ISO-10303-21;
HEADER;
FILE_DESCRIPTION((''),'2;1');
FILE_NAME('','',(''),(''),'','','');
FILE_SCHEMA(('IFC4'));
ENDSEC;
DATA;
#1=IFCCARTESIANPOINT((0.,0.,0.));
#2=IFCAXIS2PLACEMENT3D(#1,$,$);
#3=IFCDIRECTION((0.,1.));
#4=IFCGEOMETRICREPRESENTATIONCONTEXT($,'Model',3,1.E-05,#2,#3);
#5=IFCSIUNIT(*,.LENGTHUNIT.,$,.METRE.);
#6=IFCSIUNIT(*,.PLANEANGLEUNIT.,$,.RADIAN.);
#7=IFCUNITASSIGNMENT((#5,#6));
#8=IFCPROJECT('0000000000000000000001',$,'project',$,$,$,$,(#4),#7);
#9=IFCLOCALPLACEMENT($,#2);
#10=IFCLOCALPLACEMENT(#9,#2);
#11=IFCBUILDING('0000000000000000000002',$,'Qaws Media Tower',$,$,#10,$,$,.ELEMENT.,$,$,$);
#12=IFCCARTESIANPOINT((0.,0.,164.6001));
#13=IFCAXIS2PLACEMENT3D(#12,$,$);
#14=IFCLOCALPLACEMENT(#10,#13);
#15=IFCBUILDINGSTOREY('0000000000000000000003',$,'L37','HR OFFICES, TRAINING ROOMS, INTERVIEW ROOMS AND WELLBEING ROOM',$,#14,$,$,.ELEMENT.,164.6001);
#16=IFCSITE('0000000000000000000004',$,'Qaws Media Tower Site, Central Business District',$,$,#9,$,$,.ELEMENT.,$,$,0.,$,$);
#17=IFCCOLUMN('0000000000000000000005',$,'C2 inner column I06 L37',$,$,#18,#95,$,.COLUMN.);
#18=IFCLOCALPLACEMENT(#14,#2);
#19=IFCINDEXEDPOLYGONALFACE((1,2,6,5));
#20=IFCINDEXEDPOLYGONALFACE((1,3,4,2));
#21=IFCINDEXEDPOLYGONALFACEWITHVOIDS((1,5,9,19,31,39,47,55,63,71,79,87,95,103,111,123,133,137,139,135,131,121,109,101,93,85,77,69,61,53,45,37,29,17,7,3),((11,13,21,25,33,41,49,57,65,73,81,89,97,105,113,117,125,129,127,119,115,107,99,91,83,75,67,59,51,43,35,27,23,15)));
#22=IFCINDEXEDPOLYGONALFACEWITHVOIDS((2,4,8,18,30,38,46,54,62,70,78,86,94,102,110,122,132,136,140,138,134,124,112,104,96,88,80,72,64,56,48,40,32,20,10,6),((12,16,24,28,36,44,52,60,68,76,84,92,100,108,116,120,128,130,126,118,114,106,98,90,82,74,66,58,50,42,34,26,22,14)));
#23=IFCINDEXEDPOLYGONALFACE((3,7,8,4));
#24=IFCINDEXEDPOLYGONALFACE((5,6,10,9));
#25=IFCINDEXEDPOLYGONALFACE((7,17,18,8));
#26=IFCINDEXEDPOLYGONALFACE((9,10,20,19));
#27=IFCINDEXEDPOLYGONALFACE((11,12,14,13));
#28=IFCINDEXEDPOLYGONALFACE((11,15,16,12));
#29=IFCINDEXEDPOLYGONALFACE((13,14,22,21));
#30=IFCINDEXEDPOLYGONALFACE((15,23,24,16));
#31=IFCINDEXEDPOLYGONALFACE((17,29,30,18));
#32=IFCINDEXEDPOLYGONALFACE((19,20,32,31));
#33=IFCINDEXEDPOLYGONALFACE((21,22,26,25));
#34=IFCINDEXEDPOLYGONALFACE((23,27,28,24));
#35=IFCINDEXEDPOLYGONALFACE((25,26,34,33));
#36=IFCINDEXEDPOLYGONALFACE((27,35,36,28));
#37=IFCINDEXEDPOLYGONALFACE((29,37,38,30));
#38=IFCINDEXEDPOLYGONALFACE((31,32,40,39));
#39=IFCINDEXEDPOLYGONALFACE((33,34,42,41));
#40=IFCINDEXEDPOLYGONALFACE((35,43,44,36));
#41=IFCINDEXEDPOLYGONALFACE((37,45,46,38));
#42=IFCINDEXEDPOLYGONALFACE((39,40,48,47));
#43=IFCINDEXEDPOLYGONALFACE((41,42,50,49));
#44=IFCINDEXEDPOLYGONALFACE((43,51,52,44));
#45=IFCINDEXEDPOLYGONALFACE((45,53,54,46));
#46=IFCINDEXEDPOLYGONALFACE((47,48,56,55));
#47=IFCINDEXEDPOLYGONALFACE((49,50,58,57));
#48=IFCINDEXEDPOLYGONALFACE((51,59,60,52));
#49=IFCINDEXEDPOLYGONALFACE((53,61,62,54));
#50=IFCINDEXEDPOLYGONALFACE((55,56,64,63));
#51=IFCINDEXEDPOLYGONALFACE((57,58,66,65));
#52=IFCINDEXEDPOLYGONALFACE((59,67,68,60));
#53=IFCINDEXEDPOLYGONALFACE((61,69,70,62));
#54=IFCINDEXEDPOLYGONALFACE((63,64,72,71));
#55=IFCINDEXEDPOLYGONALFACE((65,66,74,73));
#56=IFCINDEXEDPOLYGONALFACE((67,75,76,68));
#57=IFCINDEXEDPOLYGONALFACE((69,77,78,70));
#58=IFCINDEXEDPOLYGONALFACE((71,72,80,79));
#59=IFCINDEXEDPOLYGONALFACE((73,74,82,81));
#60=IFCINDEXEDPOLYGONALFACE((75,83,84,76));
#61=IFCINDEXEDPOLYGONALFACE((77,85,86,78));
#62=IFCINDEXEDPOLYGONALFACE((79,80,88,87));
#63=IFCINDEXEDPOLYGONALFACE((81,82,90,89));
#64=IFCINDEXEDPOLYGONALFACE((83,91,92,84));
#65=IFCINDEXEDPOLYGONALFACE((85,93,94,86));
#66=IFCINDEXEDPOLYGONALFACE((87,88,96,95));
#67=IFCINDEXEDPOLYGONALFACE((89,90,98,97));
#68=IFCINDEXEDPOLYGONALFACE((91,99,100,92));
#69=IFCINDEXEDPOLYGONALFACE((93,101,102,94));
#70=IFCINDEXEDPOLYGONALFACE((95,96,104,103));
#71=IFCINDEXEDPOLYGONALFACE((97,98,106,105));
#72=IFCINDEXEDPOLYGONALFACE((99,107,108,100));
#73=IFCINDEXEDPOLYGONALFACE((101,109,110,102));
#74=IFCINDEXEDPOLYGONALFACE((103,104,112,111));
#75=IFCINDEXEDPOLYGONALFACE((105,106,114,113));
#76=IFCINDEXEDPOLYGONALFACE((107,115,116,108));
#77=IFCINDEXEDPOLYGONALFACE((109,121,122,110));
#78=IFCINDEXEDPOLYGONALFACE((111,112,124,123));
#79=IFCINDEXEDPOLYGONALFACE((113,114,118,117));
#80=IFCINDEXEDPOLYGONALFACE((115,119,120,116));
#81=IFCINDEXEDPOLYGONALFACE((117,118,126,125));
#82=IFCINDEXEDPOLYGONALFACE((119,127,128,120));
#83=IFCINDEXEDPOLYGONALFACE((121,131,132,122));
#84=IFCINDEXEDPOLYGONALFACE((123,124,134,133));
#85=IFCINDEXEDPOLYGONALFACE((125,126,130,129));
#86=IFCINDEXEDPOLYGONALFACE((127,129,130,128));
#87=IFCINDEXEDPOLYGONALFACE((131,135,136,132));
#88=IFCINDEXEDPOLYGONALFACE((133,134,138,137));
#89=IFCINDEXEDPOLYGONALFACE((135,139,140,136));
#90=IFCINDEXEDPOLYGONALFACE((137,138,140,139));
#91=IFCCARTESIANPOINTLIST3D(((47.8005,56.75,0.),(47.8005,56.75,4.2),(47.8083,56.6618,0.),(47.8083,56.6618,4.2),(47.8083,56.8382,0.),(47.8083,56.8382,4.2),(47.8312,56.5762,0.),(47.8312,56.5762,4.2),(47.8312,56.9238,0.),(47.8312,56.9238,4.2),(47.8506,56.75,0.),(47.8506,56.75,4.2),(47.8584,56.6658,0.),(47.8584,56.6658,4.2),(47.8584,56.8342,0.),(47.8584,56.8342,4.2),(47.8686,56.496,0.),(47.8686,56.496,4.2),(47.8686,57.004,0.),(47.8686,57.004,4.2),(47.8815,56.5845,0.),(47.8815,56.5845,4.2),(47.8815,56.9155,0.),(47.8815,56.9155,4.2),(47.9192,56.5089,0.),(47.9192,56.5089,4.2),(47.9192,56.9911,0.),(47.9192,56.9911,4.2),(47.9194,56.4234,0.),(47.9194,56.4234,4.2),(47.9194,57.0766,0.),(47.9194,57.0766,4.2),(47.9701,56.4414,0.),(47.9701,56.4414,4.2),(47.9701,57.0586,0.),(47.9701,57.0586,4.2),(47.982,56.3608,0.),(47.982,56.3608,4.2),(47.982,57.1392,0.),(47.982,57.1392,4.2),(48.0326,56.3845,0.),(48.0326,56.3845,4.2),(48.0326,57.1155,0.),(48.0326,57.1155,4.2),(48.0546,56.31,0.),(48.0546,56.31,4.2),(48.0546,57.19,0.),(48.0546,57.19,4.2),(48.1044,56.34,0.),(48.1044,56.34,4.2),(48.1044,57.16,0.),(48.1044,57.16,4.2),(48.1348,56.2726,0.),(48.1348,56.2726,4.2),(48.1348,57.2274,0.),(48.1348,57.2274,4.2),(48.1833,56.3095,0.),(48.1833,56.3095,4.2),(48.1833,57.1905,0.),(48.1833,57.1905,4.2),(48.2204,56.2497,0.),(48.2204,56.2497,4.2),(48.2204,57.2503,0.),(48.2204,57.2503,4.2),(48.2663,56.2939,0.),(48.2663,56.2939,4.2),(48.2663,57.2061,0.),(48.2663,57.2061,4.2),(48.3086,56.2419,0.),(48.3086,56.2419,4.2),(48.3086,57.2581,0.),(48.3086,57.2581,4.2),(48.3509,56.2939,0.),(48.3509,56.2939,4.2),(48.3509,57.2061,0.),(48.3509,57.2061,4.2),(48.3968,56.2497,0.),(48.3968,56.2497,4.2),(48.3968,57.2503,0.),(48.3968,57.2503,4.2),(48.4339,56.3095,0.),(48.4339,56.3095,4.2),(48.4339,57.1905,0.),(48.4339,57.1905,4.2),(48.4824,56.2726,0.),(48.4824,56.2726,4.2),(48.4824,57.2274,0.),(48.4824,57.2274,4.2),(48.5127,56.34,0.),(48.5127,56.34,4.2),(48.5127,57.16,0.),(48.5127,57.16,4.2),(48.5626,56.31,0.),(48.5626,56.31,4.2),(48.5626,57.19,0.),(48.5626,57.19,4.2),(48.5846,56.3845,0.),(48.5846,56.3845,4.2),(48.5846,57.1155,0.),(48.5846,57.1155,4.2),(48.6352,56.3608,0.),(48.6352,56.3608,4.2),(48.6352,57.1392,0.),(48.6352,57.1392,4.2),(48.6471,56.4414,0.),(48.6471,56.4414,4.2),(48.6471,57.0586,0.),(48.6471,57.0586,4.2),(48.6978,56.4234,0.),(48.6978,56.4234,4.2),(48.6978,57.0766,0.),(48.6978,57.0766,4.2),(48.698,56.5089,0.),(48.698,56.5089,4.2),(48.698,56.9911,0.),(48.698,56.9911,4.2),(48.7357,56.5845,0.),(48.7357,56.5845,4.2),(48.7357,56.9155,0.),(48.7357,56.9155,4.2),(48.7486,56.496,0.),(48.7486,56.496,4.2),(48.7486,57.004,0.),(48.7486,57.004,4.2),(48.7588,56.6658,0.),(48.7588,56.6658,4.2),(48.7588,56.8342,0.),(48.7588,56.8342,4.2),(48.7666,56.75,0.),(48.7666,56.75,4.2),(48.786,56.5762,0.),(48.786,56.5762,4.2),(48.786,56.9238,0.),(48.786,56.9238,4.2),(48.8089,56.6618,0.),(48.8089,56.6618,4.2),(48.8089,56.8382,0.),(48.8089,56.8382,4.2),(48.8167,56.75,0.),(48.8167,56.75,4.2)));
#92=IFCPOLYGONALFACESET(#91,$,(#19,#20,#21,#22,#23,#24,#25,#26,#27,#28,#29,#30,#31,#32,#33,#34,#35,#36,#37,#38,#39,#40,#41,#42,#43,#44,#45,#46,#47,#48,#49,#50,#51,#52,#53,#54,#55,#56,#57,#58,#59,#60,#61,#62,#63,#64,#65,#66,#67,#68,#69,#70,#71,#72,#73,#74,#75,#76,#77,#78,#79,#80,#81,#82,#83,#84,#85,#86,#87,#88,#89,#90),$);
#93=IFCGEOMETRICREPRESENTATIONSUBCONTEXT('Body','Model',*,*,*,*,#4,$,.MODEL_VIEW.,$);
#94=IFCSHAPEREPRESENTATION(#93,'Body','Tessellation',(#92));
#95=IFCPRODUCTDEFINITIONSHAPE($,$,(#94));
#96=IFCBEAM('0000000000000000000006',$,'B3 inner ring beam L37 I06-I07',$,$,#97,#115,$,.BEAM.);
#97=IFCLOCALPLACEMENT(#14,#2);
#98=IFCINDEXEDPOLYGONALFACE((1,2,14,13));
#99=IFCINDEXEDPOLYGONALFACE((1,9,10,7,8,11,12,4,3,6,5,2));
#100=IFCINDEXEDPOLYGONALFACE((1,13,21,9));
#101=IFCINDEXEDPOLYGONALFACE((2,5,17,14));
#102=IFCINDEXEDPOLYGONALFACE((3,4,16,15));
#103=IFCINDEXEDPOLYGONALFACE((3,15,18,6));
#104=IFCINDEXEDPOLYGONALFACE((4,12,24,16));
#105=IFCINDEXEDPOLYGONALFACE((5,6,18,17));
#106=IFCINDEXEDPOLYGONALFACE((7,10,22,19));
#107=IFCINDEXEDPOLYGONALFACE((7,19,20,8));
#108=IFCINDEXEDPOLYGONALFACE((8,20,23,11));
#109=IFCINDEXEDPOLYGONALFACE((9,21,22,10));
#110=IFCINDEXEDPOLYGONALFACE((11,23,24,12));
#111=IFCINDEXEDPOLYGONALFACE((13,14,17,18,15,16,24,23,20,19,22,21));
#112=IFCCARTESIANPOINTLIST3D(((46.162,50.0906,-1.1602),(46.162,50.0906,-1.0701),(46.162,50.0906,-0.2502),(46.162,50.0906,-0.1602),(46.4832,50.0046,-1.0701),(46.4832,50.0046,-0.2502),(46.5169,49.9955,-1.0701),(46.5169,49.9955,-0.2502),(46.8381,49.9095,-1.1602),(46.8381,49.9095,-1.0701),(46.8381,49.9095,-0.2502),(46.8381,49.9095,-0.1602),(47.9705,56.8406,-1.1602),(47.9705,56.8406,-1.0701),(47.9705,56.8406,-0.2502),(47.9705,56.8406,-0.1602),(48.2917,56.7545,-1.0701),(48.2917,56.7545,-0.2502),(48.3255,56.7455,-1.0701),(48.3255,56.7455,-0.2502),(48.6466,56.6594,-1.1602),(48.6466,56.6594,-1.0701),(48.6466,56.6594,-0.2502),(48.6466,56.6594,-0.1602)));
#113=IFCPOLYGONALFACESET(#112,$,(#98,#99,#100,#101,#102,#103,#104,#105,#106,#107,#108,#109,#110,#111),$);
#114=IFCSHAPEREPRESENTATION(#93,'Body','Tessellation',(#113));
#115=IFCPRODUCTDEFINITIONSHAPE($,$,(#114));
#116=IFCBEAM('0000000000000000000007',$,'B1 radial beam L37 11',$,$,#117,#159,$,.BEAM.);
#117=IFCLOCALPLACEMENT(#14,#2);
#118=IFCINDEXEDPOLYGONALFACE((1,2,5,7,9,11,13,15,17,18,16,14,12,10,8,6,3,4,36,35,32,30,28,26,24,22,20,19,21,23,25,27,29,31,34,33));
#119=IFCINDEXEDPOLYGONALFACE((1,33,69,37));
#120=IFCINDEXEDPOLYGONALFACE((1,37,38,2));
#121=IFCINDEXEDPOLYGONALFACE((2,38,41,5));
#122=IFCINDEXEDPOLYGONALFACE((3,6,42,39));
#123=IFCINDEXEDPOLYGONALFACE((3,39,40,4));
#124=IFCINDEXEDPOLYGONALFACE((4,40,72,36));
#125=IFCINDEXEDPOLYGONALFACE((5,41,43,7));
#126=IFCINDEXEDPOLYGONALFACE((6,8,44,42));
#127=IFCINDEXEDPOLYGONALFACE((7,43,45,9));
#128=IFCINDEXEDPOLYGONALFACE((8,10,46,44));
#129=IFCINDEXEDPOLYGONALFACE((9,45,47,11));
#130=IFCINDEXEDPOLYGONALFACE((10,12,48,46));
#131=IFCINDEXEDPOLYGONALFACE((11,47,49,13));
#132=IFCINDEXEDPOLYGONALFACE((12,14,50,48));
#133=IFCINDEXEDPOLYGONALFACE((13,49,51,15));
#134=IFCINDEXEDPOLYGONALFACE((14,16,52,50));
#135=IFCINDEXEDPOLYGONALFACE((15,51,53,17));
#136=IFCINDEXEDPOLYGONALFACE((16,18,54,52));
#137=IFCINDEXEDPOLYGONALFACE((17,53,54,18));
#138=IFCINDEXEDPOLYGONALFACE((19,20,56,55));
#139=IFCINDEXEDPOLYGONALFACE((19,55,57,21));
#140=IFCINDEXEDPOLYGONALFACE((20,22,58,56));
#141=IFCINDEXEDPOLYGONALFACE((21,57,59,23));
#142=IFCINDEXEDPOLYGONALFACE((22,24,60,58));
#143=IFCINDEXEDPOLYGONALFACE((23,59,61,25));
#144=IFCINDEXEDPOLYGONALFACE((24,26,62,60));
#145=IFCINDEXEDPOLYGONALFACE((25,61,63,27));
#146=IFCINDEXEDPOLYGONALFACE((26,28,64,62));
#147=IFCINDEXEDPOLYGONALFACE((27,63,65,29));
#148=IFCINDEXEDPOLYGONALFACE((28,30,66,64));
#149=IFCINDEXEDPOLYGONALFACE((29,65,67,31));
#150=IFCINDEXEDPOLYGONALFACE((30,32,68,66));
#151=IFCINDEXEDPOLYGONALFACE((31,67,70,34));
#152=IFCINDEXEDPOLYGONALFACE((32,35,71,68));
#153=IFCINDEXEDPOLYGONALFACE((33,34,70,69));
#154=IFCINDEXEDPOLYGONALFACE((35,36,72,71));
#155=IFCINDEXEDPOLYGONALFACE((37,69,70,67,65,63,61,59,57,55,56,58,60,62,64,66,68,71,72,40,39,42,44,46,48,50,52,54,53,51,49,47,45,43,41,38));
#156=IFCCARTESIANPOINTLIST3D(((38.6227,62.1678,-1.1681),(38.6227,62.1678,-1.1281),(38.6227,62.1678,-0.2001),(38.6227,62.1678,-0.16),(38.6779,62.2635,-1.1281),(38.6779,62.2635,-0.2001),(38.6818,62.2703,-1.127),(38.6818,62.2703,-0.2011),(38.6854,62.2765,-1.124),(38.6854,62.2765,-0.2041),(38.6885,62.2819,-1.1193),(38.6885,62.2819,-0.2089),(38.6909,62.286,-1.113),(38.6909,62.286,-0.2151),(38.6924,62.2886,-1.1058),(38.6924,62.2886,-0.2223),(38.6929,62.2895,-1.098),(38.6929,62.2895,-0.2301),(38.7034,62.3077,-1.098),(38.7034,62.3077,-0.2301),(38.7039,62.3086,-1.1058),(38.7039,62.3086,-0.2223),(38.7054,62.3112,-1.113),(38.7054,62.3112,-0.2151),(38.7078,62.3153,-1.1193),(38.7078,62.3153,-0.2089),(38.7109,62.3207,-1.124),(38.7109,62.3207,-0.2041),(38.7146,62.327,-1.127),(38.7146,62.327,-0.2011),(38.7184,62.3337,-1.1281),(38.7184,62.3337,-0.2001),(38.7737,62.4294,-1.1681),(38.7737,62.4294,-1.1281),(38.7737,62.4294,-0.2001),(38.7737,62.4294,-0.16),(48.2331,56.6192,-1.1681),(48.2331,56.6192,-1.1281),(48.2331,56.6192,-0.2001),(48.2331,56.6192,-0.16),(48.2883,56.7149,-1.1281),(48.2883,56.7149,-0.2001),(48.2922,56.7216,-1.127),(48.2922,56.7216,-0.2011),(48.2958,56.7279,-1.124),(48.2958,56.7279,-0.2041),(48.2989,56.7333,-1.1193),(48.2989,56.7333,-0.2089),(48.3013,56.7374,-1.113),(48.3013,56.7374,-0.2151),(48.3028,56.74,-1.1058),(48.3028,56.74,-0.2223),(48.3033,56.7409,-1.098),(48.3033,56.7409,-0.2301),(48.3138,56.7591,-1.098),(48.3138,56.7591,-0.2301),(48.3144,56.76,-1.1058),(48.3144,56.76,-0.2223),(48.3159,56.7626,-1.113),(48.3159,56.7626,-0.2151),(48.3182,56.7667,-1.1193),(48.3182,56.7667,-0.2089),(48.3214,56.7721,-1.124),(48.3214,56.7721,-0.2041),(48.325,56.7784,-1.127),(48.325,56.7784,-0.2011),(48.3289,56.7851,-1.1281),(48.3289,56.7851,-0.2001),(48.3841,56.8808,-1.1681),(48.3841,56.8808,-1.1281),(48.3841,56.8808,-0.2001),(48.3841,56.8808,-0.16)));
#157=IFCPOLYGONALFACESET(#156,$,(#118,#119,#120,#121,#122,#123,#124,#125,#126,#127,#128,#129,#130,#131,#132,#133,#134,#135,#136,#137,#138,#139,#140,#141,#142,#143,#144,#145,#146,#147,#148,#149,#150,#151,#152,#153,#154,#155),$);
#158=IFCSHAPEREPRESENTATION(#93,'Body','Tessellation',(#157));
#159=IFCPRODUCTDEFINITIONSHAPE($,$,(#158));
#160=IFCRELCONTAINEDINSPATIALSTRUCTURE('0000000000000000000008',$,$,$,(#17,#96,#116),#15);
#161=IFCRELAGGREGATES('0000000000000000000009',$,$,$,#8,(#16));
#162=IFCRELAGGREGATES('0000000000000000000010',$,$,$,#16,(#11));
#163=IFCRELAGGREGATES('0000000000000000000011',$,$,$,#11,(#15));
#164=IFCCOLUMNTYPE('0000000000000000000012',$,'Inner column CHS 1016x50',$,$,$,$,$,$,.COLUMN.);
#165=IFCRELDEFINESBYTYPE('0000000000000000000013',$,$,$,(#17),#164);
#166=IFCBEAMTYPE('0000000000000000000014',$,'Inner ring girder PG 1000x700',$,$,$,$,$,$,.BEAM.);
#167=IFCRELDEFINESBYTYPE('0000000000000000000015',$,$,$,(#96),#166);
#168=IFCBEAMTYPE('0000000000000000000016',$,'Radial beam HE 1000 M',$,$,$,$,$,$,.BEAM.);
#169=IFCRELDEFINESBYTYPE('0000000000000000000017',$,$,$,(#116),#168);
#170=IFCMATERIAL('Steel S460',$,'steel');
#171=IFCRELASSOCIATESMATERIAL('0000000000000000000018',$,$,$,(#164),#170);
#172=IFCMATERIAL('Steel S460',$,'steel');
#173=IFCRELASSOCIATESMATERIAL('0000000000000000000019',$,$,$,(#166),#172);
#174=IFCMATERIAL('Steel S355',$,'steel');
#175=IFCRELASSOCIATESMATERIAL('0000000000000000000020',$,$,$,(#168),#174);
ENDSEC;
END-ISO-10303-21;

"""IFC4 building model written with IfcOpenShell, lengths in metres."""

from ifc_helpers import new_model, si_unit, direction, frame, origin, origin_2d, place, context, subcontext, project, spatial, hollow_circle, i_section, extrude, material, material_profile, profile_set, type_object, element, save


model = new_model("IFC4")

# Units and contexts
model_context = context("Model", 3, precision=1e-05, world=origin(), true_north=direction((0.0, 1.0)))
body_context = subcontext(model_context, "Body", "Model", "MODEL_VIEW")
ifc_project = project(units=[si_unit("LENGTHUNIT", "METRE"), si_unit("PLANEANGLEUNIT", "RADIAN")], contexts=[model_context])

# Site, building, storey
site_placement = place(None, origin())
site = spatial("IfcSite", under=ifc_project, at=site_placement, Name="Qaws Media Tower Site, Central Business District", CompositionType="ELEMENT", RefElevation=0.0)
building_placement = place(site_placement, origin())
building = spatial("IfcBuilding", under=site, at=building_placement, Name="Qaws Media Tower", CompositionType="ELEMENT")
storey_placement = place(building_placement, frame((0.0, 0.0, 164.6001)))
storey = spatial("IfcBuildingStorey", under=building, at=storey_placement, Name="L37", Description="HR OFFICES, TRAINING ROOMS, INTERVIEW ROOMS AND WELLBEING ROOM", CompositionType="ELEMENT", Elevation=164.6001)

# Column
ifc_material_1 = material(Name="Steel S460", Category="steel")
ifc_material_profile_1 = material_profile(ifc_material_1, hollow_circle(Radius=0.5081, WallThickness=0.05, at=origin_2d()), Name="CHS 1016x50")
ifc_profile_set_1 = profile_set([ifc_material_profile_1], Name="Steel S460")
column_type = type_object("IfcColumnType", Name="Inner column CHS 1016x50", PredefinedType="COLUMN", material=ifc_profile_set_1)
column_placement = place(storey_placement, frame((48.3086, 56.75, 0.0), z_axis=(0.0, 0.0, 1.0), x_axis=(1.0, 0.0, 0.0)))
element("IfcColumn", 1, at=column_placement, inside=storey, type_object=column_type, Name="C2 inner column I06 L37", PredefinedType="COLUMN", context=body_context, shape_type="SweptSolid", body=[
    extrude(hollow_circle(Radius=0.5081, WallThickness=0.05, at=origin_2d()), origin(), (0.0, 0.0, 1.0), 4.2),
])

# Beams
ifc_material_2 = material(Name="Steel S460", Category="steel")
ifc_material_profile_2 = material_profile(ifc_material_2, i_section(OverallWidth=0.7, OverallDepth=1.0, WebThickness=0.0349, FlangeThickness=0.0901, at=origin_2d()), Name="PG 1000x700")
ifc_profile_set_2 = profile_set([ifc_material_profile_2], Name="Steel S460")
beam_type_1 = type_object("IfcBeamType", Name="Inner ring girder PG 1000x700", PredefinedType="BEAM", material=ifc_profile_set_2)
beam_1_placement = place(storey_placement, frame((48.3086, 56.75, -0.6602), z_axis=(-0.258811, -0.965928, 0.0), x_axis=(0.965928, -0.258811, 0.0)))
element("IfcBeam", 2, at=beam_1_placement, inside=storey, type_object=beam_type_1, Name="B3 inner ring beam L37 I06-I07", PredefinedType="BEAM", context=body_context, shape_type="SweptSolid", body=[
    extrude(i_section(OverallWidth=0.7, OverallDepth=1.0, WebThickness=0.0349, FlangeThickness=0.0901, at=origin_2d()), origin(), (0.0, 0.0, 1.0), 6.988),
])
ifc_material_3 = material(Name="Steel S355", Category="steel")
ifc_material_profile_3 = material_profile(ifc_material_3, i_section(OverallWidth=0.302, OverallDepth=1.0081, WebThickness=0.021, FlangeThickness=0.04, FilletRadius=0.03, at=origin_2d()), Name="HE 1000 M")
ifc_profile_set_3 = profile_set([ifc_material_profile_3], Name="Steel S355")
beam_type_2 = type_object("IfcBeamType", Name="Radial beam HE 1000 M", PredefinedType="BEAM", material=ifc_profile_set_3)
beam_2_placement = place(storey_placement, frame((48.3086, 56.75, -0.6641), z_axis=(-0.866024, 0.500003, 0.0), x_axis=(-0.500003, -0.866024, 0.0)))
element("IfcBeam", 3, at=beam_2_placement, inside=storey, type_object=beam_type_2, Name="B1 radial beam L37 11", PredefinedType="BEAM", context=body_context, shape_type="SweptSolid", body=[
    extrude(i_section(OverallWidth=0.302, OverallDepth=1.0081, WebThickness=0.021, FlangeThickness=0.04, FilletRadius=0.03, at=origin_2d()), origin(), (0.0, 0.0, 1.0), 11.0972),
])

save(model, "model.ifc")
